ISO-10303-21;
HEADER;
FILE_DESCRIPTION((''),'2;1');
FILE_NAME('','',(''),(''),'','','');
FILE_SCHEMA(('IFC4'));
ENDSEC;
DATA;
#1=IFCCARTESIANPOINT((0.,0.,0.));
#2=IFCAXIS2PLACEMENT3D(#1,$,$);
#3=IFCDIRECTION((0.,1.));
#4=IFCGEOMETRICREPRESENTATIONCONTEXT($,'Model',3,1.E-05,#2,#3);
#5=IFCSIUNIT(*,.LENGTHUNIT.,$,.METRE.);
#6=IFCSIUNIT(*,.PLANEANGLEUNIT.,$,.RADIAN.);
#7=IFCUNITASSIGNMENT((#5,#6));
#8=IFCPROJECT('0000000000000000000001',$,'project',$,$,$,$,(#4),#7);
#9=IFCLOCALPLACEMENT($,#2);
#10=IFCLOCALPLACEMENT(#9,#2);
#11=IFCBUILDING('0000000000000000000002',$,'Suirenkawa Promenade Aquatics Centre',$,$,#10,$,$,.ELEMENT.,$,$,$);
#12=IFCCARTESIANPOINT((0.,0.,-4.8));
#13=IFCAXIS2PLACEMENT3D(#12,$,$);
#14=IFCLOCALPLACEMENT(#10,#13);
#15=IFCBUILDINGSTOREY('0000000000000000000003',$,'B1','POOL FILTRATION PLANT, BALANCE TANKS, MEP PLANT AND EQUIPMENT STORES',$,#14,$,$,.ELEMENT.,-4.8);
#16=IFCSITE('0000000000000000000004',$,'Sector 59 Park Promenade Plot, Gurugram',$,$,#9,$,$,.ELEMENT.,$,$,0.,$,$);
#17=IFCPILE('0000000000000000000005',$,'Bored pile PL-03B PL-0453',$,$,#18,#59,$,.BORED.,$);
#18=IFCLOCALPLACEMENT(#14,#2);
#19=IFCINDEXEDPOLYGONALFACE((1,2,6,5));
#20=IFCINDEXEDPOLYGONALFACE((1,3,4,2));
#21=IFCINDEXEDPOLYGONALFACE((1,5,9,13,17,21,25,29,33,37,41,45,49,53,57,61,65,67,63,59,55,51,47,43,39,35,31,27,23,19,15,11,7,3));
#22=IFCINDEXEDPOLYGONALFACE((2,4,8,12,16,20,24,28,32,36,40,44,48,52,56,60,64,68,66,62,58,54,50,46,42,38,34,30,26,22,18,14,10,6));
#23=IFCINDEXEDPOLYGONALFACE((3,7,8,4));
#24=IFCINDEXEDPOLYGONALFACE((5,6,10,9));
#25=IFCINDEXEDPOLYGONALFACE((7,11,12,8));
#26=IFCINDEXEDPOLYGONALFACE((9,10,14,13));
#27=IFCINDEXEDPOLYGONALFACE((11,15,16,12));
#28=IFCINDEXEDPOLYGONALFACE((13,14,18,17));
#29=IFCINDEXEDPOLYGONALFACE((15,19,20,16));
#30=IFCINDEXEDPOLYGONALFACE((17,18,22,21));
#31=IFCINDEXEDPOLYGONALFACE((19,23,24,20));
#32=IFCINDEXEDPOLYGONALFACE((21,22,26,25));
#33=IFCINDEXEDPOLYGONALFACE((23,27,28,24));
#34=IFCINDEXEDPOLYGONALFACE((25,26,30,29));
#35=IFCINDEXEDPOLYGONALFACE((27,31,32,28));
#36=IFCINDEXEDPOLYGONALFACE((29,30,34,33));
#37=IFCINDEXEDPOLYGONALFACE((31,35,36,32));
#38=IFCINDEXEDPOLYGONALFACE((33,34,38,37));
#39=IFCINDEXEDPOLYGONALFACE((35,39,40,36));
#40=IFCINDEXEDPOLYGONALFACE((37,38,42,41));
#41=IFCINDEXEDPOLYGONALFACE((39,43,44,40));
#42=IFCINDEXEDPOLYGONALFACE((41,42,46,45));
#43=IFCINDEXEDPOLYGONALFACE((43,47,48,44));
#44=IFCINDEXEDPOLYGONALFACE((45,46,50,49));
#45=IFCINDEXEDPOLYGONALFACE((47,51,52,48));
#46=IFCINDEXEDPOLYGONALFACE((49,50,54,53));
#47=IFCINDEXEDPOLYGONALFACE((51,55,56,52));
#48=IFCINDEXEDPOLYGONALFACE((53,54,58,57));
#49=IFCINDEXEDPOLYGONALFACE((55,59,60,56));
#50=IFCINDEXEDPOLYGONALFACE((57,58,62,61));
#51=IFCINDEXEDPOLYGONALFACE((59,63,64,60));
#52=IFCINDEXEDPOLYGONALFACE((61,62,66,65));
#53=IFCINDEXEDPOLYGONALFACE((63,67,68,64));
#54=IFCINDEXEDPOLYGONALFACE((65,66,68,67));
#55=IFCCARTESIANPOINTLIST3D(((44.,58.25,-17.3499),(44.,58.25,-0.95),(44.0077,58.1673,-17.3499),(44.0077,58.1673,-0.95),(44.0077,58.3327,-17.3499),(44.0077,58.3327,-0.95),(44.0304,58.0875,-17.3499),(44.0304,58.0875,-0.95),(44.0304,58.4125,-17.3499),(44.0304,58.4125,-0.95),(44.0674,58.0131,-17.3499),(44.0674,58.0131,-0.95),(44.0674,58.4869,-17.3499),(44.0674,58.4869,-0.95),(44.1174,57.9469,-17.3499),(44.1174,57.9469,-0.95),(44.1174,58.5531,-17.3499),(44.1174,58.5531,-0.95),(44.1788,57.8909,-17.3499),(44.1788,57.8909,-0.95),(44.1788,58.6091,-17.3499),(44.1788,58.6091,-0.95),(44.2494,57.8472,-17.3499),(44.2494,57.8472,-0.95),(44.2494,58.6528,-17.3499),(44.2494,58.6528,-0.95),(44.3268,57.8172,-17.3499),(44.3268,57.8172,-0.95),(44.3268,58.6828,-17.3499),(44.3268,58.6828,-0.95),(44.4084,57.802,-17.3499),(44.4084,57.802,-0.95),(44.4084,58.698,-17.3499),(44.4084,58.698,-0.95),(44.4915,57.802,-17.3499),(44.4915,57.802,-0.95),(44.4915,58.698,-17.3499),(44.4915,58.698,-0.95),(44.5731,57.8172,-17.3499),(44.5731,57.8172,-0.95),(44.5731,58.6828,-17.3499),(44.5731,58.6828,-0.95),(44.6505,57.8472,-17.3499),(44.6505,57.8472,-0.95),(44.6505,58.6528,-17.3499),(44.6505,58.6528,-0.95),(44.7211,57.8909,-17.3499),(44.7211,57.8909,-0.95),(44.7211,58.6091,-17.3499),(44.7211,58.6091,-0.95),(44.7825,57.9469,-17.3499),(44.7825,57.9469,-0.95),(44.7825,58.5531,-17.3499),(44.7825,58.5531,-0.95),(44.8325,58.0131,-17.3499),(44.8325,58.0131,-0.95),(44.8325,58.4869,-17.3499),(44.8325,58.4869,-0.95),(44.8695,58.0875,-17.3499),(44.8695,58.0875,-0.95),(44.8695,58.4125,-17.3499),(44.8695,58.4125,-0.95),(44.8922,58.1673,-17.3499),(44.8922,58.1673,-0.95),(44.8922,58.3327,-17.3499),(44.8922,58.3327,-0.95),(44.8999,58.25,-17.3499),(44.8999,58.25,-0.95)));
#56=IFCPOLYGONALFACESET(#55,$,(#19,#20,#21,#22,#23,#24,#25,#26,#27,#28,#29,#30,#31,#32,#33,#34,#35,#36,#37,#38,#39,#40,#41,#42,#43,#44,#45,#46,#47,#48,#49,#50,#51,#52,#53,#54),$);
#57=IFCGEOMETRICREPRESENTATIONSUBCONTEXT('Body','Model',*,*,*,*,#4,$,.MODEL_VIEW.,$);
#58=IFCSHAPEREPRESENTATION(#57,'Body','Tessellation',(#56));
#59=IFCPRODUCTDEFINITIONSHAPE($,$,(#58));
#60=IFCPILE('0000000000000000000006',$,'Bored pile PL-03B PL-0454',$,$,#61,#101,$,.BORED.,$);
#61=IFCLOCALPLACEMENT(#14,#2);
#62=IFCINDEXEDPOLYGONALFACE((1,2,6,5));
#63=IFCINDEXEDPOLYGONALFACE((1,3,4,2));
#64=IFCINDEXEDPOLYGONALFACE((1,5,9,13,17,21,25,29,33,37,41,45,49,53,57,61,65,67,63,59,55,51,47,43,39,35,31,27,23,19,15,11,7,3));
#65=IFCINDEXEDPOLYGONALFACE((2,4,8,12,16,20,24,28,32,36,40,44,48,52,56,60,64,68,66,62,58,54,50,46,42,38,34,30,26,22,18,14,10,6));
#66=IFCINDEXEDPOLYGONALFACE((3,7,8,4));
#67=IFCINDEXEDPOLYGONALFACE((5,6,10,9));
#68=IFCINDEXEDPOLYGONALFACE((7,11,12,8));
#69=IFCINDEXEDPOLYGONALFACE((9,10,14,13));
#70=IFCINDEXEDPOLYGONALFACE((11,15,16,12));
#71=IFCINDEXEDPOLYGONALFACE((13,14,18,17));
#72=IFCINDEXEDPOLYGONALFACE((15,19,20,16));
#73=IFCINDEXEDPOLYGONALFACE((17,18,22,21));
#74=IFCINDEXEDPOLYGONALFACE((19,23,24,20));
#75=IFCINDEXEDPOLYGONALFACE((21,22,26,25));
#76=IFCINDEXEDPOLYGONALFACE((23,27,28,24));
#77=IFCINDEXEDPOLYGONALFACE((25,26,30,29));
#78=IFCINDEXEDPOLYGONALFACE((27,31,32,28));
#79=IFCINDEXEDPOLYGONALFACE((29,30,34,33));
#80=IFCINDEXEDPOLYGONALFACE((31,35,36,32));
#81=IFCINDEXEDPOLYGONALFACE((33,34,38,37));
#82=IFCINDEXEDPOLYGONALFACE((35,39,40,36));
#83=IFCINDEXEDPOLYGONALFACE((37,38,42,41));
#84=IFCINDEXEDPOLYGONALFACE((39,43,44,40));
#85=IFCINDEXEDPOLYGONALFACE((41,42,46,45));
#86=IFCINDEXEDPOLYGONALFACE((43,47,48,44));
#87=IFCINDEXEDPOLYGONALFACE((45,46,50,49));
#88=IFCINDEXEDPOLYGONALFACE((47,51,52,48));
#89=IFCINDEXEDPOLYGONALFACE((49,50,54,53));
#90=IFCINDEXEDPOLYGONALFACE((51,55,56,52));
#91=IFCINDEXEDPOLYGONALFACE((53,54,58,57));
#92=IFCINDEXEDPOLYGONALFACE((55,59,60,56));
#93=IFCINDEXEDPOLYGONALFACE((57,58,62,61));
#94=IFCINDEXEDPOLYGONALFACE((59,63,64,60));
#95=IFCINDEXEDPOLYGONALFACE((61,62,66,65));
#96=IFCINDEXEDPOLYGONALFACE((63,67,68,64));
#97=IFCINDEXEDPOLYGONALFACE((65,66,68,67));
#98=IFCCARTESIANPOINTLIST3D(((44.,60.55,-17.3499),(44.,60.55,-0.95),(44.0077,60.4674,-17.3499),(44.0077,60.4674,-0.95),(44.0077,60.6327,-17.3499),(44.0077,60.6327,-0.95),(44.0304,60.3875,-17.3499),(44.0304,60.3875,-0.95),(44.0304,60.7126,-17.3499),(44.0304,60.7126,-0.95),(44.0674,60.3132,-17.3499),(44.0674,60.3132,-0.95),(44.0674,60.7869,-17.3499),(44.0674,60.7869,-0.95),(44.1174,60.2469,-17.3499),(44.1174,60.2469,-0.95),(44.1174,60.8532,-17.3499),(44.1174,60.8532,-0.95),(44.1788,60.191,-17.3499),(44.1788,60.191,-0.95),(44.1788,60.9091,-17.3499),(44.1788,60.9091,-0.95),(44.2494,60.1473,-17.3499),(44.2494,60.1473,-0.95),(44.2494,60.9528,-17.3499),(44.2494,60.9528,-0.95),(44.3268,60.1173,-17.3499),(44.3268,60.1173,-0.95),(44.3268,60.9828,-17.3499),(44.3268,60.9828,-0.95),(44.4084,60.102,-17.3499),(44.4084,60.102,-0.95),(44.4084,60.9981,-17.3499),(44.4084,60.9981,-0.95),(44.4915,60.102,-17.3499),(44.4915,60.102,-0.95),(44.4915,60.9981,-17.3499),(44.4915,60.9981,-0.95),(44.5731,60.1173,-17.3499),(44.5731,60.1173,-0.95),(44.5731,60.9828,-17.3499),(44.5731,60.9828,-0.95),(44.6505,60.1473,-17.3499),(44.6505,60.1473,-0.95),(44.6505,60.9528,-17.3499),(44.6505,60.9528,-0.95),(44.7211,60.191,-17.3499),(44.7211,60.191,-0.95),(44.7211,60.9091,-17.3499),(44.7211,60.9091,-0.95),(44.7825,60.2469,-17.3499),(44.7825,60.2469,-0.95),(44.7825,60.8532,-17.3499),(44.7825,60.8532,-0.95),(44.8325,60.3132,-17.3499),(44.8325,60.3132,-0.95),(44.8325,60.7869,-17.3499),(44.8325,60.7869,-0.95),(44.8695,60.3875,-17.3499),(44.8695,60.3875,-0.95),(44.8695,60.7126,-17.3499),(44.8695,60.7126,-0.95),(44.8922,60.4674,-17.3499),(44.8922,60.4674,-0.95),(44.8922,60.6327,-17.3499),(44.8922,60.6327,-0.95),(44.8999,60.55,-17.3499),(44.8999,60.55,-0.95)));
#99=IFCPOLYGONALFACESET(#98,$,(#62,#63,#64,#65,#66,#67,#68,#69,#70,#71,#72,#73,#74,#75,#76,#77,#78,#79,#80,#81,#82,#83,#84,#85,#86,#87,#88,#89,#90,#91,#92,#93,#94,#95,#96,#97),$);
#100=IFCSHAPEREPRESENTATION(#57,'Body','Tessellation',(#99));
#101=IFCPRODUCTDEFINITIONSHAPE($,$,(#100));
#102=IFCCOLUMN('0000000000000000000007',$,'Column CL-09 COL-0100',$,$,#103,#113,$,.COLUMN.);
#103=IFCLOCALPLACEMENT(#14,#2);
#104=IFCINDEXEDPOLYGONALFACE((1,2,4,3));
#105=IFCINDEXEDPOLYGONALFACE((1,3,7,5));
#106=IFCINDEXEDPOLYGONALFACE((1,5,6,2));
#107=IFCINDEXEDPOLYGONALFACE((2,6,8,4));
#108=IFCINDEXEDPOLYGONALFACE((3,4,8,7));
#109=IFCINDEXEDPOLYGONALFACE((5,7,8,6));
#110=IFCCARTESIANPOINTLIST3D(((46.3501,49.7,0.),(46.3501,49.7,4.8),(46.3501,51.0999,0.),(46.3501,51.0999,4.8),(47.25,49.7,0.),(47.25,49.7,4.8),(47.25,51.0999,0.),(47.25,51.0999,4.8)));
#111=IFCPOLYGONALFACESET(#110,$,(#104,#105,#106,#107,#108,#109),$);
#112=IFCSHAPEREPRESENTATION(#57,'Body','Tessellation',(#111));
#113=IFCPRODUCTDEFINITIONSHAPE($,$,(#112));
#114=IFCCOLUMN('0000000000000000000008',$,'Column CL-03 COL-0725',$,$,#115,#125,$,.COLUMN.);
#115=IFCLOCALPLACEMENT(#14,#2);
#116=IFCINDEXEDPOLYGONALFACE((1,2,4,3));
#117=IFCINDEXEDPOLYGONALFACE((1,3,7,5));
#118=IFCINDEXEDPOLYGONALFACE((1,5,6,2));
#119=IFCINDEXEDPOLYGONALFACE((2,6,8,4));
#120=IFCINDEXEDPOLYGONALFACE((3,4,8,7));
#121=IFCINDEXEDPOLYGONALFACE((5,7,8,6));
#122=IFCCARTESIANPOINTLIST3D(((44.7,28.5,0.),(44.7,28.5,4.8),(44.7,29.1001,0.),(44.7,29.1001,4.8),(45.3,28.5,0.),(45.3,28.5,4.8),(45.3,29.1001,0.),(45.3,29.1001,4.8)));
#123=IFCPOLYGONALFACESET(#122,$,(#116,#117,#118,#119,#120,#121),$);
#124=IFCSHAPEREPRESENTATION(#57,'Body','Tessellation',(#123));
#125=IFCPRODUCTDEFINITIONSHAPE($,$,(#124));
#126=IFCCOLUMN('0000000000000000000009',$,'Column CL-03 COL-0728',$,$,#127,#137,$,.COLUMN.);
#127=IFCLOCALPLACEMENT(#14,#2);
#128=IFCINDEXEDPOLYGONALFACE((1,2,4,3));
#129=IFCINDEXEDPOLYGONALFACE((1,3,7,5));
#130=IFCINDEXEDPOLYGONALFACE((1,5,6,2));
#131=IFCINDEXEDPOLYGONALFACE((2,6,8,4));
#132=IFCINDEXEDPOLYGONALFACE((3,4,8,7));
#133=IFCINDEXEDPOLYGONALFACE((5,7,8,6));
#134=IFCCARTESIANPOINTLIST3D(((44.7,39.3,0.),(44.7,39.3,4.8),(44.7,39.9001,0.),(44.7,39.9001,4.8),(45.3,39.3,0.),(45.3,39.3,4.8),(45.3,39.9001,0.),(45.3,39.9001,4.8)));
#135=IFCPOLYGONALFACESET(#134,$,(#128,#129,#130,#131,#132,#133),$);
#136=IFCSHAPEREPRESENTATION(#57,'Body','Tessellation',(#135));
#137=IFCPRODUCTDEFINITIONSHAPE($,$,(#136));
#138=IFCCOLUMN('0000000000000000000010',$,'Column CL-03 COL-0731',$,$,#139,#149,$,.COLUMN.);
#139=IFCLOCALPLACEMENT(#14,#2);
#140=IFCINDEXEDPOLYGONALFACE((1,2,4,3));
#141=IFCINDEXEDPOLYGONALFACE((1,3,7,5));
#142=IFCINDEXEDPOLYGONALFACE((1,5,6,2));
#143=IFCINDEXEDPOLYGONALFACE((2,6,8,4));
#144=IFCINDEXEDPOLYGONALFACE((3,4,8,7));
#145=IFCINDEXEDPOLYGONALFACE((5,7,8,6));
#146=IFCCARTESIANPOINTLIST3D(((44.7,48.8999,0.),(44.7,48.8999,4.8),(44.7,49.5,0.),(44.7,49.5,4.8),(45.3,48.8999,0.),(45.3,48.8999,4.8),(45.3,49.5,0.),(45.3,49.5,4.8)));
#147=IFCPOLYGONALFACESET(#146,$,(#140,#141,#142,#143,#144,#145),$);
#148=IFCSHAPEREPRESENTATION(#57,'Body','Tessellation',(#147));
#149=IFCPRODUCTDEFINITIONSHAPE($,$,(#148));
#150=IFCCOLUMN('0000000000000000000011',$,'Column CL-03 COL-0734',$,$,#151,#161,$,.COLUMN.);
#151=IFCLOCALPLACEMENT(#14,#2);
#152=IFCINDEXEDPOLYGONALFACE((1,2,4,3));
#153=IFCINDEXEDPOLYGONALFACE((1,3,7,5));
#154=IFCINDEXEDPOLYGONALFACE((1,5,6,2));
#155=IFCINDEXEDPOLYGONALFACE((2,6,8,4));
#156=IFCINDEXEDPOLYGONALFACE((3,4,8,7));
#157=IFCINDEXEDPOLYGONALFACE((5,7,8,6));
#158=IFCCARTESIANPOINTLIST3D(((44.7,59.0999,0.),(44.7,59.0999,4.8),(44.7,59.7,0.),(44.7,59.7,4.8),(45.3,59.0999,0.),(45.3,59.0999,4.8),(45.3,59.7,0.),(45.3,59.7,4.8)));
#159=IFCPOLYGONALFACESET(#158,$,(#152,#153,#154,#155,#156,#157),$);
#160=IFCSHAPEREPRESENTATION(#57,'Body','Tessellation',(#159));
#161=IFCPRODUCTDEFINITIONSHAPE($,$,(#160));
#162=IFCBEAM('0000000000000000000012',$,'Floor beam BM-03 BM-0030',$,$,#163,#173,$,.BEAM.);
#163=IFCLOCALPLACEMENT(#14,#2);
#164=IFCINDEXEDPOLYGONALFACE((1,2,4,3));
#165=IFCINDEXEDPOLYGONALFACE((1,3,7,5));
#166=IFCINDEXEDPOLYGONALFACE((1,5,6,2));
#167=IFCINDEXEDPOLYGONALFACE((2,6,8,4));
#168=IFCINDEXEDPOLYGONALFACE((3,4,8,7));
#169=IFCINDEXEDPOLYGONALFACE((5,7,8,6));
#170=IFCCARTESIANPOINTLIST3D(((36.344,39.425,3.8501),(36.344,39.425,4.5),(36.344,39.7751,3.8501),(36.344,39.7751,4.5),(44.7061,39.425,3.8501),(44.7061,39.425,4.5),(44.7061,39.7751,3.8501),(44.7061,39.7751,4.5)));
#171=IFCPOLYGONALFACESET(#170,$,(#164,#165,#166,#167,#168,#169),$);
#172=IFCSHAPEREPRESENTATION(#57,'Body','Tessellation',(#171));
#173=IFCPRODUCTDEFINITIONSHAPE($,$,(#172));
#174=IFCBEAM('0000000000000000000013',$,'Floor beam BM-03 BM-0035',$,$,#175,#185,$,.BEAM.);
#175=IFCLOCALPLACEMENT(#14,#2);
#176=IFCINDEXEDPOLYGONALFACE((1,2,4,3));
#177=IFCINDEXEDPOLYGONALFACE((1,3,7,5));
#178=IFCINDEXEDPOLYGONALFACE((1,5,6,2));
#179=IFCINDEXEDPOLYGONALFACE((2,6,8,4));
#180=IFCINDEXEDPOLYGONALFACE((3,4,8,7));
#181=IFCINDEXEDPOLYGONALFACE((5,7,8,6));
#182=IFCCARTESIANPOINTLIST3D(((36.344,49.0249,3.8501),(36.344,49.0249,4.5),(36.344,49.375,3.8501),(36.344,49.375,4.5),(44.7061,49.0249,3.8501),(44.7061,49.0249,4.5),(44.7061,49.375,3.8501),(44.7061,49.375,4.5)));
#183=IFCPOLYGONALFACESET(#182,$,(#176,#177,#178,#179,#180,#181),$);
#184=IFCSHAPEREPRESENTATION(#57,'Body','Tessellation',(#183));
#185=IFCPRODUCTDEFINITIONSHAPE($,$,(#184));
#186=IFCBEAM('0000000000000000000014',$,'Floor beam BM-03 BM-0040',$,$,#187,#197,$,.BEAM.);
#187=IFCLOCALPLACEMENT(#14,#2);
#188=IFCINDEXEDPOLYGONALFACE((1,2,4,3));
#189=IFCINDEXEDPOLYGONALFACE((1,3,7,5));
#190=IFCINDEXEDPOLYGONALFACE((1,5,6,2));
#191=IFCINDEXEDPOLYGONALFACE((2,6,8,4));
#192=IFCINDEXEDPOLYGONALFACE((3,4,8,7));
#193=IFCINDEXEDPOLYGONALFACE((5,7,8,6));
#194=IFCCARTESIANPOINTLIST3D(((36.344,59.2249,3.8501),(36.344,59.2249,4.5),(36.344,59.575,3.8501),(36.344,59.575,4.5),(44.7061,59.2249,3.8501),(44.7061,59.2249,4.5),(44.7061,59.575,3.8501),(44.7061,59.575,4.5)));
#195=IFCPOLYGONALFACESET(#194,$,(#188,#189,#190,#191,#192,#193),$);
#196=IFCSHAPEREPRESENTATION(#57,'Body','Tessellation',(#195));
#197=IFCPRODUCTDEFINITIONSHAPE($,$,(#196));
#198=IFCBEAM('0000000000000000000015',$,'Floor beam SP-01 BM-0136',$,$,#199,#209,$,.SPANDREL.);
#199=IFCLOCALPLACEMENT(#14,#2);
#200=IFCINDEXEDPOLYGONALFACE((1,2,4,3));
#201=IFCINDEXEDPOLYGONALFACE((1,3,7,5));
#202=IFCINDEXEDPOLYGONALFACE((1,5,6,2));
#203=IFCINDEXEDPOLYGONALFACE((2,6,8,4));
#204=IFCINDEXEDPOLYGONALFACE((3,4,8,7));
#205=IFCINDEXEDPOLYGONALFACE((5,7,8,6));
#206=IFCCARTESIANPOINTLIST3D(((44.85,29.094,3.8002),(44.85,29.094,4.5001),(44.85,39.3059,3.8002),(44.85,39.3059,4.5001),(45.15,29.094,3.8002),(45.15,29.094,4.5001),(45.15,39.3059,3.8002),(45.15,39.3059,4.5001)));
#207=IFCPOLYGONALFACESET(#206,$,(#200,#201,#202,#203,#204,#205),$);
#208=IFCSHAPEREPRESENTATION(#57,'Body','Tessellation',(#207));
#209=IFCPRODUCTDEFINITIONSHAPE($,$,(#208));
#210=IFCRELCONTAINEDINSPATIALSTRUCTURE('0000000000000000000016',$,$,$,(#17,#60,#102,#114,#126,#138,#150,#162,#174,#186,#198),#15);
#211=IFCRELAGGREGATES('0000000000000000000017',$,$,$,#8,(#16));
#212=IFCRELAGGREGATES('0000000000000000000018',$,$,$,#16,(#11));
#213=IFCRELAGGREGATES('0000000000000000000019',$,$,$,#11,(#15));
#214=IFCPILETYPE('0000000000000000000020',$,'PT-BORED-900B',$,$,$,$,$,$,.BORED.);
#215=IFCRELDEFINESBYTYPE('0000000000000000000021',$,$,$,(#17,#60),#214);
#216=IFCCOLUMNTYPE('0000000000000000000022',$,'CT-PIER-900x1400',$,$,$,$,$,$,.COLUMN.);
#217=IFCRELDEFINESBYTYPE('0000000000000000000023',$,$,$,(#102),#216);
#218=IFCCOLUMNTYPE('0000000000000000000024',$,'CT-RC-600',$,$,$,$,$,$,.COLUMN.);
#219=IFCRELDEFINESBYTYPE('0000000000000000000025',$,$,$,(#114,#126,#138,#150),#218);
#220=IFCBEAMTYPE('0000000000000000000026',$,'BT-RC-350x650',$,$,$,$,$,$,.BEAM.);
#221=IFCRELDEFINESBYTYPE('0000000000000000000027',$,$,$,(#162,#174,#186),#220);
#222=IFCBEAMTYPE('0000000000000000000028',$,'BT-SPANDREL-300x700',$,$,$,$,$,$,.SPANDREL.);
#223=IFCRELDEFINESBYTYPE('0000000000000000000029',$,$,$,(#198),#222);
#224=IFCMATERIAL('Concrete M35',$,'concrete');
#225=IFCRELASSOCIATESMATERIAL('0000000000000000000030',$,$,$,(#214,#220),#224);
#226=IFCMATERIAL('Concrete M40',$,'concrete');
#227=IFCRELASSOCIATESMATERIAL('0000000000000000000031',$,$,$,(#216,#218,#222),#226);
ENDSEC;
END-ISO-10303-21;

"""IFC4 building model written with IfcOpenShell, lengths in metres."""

from ifc_helpers import new_model, si_unit, direction, frame, origin, origin_2d, place, context, subcontext, project, spatial, rectangle, circle, extrude, material, material_profile, profile_set, type_object, element, save


model = new_model("IFC4")

# Units and contexts
model_context = context("Model", 3, precision=1e-05, world=origin(), true_north=direction((0.0, 1.0)))
body_context = subcontext(model_context, "Body", "Model", "MODEL_VIEW")
ifc_project = project(units=[si_unit("LENGTHUNIT", "METRE"), si_unit("PLANEANGLEUNIT", "RADIAN")], contexts=[model_context])

# Site, building, storey
site_placement = place(None, origin())
site = spatial("IfcSite", under=ifc_project, at=site_placement, Name="Sector 59 Park Promenade Plot, Gurugram", CompositionType="ELEMENT", RefElevation=0.0)
building_placement = place(site_placement, origin())
building = spatial("IfcBuilding", under=site, at=building_placement, Name="Suirenkawa Promenade Aquatics Centre", CompositionType="ELEMENT")
storey_placement = place(building_placement, frame((0.0, 0.0, -4.8)))
storey = spatial("IfcBuildingStorey", under=building, at=storey_placement, Name="B1", Description="POOL FILTRATION PLANT, BALANCE TANKS, MEP PLANT AND EQUIPMENT STORES", CompositionType="ELEMENT", Elevation=-4.8)

# Shared definitions
ifc_material_1 = material(Name="Concrete M35", Category="concrete")

# Piles
ifc_material_profile_1 = material_profile(ifc_material_1, circle(Radius=0.45, at=origin_2d()), Name="PILE D900", Category="concrete")
ifc_profile_set_1 = profile_set([ifc_material_profile_1], Name="Concrete M35")
pile_type_1 = type_object("IfcPileType", Name="PT-BORED-900B", PredefinedType="BORED", material=ifc_profile_set_1)
for number, where, z_axis, x_axis, name in (
    (1, (44.45, 58.25, -0.95), (0.0, 0.0, -1.0), (1.0, 0.0, 0.0), "Bored pile PL-03B PL-0453"),
    (2, (44.45, 60.55, -0.95), (0.0, 0.0, -1.0), (1.0, 0.0, 0.0), "Bored pile PL-03B PL-0454"),
):
    element("IfcPile", number, at=place(storey_placement, frame(where, z_axis=z_axis, x_axis=x_axis)), inside=storey, type_object=pile_type_1, Name=name, PredefinedType="BORED", context=body_context, shape_type="SweptSolid", body=[
        extrude(circle(Radius=0.45, at=origin_2d()), origin(), (0.0, 0.0, 1.0), 16.3999),
    ])

# Columns
ifc_material_2 = material(Name="Concrete M40", Category="concrete")
ifc_material_profile_2 = material_profile(ifc_material_2, rectangle(XDim=0.8999, YDim=1.3999, at=origin_2d()), Name="RC PIER 900x1400", Category="concrete")
ifc_profile_set_2 = profile_set([ifc_material_profile_2], Name="Concrete M40")
column_type_1 = type_object("IfcColumnType", Name="CT-PIER-900x1400", PredefinedType="COLUMN", material=ifc_profile_set_2)
column_placement = place(storey_placement, frame((46.8, 50.3999, 0.0), z_axis=(0.0, 0.0, 1.0), x_axis=(1.0, 0.0, 0.0)))
element("IfcColumn", 3, at=column_placement, inside=storey, type_object=column_type_1, Name="Column CL-09 COL-0100", PredefinedType="COLUMN", context=body_context, shape_type="SweptSolid", body=[
    extrude(rectangle(XDim=0.8999, YDim=1.3999, at=origin_2d()), origin(), (0.0, 0.0, 1.0), 4.8),
])
ifc_material_profile_3 = material_profile(ifc_material_2, rectangle(XDim=0.6001, YDim=0.6001, at=origin_2d()), Name="RC COL 600x600", Category="concrete")
ifc_profile_set_3 = profile_set([ifc_material_profile_3], Name="Concrete M40")
column_type_2 = type_object("IfcColumnType", Name="CT-RC-600", PredefinedType="COLUMN", material=ifc_profile_set_3)
for number, where, z_axis, x_axis, name in (
    (4, (45.0, 28.8, 0.0), (0.0, 0.0, 1.0), (1.0, 0.0, 0.0), "Column CL-03 COL-0725"),
    (5, (45.0, 39.6001, 0.0), (0.0, 0.0, 1.0), (1.0, 0.0, 0.0), "Column CL-03 COL-0728"),
    (6, (45.0, 49.2, 0.0), (0.0, 0.0, 1.0), (1.0, 0.0, 0.0), "Column CL-03 COL-0731"),
    (7, (45.0, 59.3999, 0.0), (0.0, 0.0, 1.0), (1.0, 0.0, 0.0), "Column CL-03 COL-0734"),
):
    element("IfcColumn", number, at=place(storey_placement, frame(where, z_axis=z_axis, x_axis=x_axis)), inside=storey, type_object=column_type_2, Name=name, PredefinedType="COLUMN", context=body_context, shape_type="SweptSolid", body=[
        extrude(rectangle(XDim=0.6001, YDim=0.6001, at=origin_2d()), origin(), (0.0, 0.0, 1.0), 4.8),
    ])

# Beams
ifc_material_profile_4 = material_profile(ifc_material_1, rectangle(XDim=0.3501, YDim=0.6499, at=origin_2d()), Name="RC BM 350x650", Category="concrete")
ifc_profile_set_4 = profile_set([ifc_material_profile_4], Name="Concrete M35")
beam_type_1 = type_object("IfcBeamType", Name="BT-RC-350x650", PredefinedType="BEAM", material=ifc_profile_set_4)
for number, where, z_axis, x_axis, name in (
    (8, (36.344, 39.6001, 4.175), (1.0, 0.0, 0.0), (0.0, 1.0, 0.0), "Floor beam BM-03 BM-0030"),
    (9, (36.344, 49.2, 4.175), (1.0, 0.0, 0.0), (0.0, 1.0, 0.0), "Floor beam BM-03 BM-0035"),
    (10, (36.344, 59.3999, 4.175), (1.0, 0.0, 0.0), (0.0, 1.0, 0.0), "Floor beam BM-03 BM-0040"),
):
    element("IfcBeam", number, at=place(storey_placement, frame(where, z_axis=z_axis, x_axis=x_axis)), inside=storey, type_object=beam_type_1, Name=name, PredefinedType="BEAM", context=body_context, shape_type="SweptSolid", body=[
        extrude(rectangle(XDim=0.3501, YDim=0.6499, at=origin_2d()), origin(), (0.0, 0.0, 1.0), 8.3621),
    ])
ifc_material_profile_5 = material_profile(ifc_material_2, rectangle(XDim=0.3, YDim=0.7, at=origin_2d()), Name="RC SPANDREL 300x700", Category="concrete")
ifc_profile_set_5 = profile_set([ifc_material_profile_5], Name="Concrete M40")
beam_type_2 = type_object("IfcBeamType", Name="BT-SPANDREL-300x700", PredefinedType="SPANDREL", material=ifc_profile_set_5)
beam_1_placement = place(storey_placement, frame((45.0, 29.094, 4.1501), z_axis=(0.0, 1.0, 0.0), x_axis=(-1.0, 0.0, 0.0)))
element("IfcBeam", 11, at=beam_1_placement, inside=storey, type_object=beam_type_2, Name="Floor beam SP-01 BM-0136", PredefinedType="SPANDREL", context=body_context, shape_type="SweptSolid", body=[
    extrude(rectangle(XDim=0.3, YDim=0.7, at=origin_2d()), origin(), (0.0, 0.0, 1.0), 10.2119),
])

save(model, "model.ifc")
